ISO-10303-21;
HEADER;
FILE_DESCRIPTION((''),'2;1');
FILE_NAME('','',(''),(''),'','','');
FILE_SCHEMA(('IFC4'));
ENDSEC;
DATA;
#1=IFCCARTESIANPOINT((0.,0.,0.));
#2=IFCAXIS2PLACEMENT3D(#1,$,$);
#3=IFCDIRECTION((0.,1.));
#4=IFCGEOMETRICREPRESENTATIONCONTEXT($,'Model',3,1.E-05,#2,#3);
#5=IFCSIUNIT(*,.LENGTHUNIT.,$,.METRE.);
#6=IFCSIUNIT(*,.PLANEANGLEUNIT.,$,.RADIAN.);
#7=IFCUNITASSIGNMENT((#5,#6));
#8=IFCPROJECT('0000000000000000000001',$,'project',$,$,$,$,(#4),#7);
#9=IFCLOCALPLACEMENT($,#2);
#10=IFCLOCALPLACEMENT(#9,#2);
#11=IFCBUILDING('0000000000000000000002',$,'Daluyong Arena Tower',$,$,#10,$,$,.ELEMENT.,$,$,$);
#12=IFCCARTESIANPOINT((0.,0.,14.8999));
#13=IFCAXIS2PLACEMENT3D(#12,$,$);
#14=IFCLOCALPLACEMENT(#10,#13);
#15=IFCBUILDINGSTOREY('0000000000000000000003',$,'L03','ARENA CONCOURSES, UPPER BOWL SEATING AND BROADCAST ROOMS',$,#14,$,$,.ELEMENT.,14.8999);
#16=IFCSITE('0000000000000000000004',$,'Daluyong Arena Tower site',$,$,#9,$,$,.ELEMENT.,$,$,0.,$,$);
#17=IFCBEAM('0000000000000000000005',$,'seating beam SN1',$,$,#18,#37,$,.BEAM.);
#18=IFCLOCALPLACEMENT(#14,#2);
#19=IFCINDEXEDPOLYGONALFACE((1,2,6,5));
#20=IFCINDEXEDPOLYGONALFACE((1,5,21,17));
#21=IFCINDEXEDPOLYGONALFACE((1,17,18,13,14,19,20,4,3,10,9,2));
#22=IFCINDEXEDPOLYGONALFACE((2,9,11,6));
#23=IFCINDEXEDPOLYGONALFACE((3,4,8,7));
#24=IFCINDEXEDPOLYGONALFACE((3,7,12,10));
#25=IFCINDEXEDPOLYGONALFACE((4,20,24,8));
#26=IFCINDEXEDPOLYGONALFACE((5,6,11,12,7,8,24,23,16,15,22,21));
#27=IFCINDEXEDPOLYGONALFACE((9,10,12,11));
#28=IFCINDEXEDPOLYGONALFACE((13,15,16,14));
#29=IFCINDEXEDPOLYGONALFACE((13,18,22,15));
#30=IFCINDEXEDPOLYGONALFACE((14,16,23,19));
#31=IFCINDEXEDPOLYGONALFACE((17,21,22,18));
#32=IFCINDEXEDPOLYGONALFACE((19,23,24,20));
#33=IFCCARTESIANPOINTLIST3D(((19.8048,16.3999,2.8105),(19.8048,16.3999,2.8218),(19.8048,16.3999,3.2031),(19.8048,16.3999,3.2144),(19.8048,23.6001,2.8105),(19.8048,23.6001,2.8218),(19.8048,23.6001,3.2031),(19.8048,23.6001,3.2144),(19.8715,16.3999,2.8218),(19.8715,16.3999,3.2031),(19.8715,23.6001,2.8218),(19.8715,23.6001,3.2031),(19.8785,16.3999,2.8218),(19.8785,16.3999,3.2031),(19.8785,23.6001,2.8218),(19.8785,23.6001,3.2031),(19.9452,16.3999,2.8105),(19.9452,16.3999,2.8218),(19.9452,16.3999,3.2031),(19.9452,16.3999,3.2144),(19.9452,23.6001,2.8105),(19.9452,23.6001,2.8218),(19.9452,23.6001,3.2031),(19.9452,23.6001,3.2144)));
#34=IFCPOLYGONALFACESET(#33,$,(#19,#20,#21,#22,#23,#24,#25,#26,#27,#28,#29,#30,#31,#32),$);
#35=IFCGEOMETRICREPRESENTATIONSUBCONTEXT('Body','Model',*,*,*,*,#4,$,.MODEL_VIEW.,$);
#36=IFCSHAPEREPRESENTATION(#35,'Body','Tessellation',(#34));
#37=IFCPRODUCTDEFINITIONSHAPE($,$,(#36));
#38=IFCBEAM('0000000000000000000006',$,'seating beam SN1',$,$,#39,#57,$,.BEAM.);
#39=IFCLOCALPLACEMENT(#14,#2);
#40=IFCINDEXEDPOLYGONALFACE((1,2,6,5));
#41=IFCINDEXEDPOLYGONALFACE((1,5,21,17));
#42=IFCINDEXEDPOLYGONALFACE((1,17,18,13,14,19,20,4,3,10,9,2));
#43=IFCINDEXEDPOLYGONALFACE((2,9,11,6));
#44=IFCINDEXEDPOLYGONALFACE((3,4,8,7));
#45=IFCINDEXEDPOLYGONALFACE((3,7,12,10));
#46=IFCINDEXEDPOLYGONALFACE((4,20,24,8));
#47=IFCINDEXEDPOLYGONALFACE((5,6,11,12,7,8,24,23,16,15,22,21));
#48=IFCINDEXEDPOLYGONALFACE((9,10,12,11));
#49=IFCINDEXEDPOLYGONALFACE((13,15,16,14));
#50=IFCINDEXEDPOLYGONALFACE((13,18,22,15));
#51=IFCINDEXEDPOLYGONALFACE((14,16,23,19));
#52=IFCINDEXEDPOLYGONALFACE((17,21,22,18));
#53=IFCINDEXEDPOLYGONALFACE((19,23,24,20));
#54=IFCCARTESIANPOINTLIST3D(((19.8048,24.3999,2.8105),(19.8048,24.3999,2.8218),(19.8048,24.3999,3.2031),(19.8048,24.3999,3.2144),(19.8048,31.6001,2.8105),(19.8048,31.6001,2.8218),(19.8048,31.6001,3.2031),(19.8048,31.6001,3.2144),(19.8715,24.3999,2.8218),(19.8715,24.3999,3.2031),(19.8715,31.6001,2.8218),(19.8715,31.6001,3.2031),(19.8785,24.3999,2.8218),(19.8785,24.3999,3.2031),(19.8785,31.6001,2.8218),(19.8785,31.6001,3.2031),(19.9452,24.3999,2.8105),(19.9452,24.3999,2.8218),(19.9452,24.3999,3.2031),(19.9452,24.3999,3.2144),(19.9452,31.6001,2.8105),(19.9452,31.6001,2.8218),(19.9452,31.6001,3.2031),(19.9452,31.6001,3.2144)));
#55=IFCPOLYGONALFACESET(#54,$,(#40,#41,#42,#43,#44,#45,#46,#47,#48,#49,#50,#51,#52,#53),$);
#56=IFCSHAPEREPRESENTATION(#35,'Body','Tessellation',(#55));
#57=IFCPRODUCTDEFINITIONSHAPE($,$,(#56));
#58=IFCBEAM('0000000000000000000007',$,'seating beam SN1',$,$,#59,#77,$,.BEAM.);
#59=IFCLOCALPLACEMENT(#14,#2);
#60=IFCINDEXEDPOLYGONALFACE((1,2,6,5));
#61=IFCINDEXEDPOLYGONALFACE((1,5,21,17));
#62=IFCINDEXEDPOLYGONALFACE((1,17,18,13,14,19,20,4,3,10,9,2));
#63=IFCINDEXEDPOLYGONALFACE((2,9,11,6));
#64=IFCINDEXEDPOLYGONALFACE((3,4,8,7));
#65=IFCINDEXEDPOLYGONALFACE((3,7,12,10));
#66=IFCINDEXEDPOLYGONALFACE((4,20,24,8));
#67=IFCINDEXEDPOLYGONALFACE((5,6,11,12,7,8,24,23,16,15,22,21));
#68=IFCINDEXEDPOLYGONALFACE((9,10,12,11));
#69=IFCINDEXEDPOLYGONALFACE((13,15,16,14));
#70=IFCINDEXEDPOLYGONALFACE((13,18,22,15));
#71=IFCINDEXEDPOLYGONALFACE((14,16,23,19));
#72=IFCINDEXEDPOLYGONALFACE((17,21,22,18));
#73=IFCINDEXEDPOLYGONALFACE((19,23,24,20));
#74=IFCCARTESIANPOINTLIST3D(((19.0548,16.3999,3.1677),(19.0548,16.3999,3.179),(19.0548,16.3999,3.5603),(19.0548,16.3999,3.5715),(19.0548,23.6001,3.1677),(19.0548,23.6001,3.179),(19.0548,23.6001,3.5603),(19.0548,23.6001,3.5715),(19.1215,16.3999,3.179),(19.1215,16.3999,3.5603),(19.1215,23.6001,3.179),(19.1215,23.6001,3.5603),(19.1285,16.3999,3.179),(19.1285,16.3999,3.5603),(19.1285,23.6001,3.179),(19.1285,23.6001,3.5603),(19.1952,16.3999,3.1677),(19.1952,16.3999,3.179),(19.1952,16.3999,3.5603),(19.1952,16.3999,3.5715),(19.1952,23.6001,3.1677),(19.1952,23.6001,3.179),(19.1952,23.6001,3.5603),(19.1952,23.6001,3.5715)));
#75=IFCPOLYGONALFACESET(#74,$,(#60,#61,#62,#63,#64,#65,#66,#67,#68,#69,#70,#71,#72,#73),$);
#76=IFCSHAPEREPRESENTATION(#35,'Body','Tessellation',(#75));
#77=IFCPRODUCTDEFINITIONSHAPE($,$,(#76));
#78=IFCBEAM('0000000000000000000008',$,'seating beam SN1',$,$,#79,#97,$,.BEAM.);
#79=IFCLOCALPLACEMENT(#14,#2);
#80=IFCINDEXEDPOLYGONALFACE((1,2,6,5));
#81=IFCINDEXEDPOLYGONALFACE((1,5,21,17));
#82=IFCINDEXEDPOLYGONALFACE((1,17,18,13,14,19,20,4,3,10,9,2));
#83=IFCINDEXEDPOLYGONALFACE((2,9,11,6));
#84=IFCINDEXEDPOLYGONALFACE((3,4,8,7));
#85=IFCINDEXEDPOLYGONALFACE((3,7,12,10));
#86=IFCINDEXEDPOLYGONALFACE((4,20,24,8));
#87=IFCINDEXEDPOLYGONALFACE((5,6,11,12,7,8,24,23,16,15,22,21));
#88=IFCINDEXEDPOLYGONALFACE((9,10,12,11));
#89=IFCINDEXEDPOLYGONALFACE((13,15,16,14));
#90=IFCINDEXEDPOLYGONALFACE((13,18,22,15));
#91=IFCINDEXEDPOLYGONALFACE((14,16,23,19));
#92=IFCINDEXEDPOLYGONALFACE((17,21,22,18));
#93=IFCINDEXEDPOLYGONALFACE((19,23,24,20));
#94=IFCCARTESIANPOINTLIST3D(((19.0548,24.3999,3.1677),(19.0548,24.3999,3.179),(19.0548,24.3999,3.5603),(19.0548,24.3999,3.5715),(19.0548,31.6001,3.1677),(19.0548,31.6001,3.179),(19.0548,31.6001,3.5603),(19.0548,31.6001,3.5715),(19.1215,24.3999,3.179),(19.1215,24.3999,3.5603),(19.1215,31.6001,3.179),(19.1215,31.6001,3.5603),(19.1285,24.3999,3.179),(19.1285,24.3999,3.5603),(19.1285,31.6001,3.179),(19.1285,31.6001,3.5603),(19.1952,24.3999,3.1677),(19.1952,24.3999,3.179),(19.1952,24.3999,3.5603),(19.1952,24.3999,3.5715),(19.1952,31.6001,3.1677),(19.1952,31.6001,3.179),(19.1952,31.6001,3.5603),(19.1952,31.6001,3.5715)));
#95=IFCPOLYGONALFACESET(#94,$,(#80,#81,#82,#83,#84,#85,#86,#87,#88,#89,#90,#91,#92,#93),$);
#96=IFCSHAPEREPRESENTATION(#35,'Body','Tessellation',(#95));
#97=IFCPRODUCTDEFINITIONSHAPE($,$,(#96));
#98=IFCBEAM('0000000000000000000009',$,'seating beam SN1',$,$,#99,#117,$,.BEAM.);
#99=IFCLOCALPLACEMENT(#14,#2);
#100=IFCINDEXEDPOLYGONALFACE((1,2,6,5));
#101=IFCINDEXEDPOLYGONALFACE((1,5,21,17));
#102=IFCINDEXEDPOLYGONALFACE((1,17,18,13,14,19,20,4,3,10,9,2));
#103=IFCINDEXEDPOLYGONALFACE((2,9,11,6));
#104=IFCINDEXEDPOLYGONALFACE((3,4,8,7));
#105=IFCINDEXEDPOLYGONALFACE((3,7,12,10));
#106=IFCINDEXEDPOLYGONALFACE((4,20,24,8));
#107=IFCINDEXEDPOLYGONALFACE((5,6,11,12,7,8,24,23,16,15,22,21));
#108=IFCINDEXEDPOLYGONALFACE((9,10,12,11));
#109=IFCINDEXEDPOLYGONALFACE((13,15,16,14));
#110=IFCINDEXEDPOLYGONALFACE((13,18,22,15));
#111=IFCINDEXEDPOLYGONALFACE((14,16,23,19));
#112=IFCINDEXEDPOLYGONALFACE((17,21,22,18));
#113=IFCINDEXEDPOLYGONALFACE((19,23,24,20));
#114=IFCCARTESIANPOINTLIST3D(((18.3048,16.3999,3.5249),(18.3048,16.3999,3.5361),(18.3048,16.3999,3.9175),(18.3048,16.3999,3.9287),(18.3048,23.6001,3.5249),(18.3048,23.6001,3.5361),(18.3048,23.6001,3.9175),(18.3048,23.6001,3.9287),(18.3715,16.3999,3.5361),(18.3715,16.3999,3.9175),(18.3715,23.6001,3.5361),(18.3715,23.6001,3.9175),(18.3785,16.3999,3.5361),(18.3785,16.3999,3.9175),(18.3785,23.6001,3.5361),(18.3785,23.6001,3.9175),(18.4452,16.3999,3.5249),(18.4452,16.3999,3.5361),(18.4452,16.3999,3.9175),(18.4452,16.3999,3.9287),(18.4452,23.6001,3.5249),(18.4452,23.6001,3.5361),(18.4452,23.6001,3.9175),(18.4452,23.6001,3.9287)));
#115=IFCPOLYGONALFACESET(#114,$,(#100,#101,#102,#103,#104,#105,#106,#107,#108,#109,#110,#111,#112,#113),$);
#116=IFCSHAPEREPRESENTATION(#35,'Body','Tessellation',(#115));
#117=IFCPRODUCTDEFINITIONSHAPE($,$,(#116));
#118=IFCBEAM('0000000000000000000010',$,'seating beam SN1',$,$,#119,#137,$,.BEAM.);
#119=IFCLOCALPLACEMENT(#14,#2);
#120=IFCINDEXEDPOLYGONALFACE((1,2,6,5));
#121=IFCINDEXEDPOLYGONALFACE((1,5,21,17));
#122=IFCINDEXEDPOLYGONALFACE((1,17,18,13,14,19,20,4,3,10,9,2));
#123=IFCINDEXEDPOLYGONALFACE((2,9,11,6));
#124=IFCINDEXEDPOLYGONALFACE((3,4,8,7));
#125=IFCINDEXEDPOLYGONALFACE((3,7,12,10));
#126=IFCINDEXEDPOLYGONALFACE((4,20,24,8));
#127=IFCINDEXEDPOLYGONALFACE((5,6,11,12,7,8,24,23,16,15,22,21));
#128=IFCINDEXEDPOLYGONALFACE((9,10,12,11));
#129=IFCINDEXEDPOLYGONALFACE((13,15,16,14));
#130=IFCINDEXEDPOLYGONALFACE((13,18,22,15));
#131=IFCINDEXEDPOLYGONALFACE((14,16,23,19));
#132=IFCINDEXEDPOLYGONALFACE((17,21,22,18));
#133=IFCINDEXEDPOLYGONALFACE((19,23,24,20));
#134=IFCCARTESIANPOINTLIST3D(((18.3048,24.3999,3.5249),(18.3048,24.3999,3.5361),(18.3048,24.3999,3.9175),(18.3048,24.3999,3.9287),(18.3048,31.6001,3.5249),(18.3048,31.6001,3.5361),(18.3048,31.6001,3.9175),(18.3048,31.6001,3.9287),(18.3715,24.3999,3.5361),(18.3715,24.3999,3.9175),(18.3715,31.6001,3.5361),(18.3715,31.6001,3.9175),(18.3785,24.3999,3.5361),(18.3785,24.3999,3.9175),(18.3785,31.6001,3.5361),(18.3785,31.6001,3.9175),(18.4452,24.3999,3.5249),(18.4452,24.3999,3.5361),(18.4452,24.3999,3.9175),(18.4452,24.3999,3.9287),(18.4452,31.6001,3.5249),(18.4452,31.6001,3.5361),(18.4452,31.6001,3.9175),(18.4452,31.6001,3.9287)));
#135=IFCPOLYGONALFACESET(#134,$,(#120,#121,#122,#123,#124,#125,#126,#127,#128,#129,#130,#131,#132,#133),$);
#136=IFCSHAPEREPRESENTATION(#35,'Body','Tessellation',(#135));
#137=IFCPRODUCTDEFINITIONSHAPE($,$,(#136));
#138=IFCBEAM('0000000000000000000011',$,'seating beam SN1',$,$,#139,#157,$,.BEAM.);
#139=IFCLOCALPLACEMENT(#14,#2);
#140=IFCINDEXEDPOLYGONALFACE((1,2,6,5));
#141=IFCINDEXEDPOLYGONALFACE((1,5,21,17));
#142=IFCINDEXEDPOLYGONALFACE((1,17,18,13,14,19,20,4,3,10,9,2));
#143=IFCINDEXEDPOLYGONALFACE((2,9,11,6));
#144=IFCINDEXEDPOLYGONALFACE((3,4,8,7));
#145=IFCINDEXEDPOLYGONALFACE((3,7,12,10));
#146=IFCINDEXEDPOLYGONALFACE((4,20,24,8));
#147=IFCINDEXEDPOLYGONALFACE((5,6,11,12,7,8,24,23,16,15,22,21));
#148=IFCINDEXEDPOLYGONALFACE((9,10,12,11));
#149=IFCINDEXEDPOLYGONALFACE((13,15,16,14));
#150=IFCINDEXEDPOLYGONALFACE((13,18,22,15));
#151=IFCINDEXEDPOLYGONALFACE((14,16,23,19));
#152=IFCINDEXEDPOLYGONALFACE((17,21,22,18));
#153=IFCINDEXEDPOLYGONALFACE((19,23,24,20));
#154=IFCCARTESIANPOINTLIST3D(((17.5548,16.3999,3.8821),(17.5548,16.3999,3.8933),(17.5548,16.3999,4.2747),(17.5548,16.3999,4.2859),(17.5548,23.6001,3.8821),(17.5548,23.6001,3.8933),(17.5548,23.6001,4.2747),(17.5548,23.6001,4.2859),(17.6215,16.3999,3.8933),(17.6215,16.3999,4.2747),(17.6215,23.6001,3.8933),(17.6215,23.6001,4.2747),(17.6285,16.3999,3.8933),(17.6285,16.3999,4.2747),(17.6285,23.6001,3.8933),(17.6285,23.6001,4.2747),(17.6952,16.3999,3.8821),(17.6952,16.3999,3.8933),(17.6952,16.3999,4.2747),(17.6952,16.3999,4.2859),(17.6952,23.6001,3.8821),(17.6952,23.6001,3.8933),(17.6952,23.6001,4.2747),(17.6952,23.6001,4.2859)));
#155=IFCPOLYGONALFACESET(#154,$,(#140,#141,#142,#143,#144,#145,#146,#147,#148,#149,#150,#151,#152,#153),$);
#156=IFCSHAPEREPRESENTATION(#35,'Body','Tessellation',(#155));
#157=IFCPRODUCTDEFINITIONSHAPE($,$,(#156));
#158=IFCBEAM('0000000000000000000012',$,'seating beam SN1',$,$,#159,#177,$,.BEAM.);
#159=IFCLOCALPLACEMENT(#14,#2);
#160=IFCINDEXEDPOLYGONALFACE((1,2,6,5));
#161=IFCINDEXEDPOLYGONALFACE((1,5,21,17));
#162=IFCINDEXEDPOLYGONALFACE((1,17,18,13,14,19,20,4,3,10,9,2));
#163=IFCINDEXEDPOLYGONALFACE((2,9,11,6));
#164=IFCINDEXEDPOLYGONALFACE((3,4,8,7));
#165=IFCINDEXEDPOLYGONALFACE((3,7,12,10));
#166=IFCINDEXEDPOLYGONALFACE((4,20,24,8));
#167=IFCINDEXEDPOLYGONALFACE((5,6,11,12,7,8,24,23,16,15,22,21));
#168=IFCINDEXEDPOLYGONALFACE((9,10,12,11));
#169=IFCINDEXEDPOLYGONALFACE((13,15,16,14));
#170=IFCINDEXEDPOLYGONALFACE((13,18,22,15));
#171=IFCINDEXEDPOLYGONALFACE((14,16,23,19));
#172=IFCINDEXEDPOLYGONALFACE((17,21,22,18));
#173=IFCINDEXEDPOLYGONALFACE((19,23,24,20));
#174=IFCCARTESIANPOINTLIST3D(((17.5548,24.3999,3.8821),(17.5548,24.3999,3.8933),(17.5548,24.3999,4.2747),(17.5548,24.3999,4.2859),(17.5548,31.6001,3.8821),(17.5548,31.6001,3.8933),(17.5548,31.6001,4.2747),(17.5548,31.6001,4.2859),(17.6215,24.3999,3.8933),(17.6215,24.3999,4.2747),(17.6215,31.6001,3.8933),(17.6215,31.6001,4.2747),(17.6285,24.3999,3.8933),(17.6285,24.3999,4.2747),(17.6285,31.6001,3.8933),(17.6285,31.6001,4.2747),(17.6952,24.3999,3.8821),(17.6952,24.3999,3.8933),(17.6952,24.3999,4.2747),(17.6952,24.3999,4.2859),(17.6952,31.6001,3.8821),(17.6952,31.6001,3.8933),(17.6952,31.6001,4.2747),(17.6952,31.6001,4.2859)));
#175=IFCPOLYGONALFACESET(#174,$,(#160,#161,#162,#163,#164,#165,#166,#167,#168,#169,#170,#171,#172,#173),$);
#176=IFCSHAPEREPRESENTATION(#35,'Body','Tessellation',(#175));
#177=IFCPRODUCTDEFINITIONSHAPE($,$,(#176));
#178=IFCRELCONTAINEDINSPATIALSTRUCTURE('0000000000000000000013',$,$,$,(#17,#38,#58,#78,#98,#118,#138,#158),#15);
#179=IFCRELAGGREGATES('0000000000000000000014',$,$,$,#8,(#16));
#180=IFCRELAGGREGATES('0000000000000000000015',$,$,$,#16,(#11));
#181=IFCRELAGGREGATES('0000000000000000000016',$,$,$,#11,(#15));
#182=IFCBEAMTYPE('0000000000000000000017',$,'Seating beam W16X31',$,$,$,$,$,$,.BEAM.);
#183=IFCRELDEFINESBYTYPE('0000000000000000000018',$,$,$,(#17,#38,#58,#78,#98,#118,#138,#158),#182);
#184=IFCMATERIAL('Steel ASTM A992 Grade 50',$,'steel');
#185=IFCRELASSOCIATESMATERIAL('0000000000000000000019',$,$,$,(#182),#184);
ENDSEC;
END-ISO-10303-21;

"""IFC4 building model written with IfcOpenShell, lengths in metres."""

from ifc_helpers import new_model, si_unit, direction, frame, origin, origin_2d, place, context, subcontext, project, spatial, i_section, extrude, material, material_profile, profile_set, type_object, element, save


model = new_model("IFC4")

# Units and contexts
model_context = context("Model", 3, precision=1e-05, world=origin(), true_north=direction((0.0, 1.0)))
body_context = subcontext(model_context, "Body", "Model", "MODEL_VIEW")
ifc_project = project(units=[si_unit("LENGTHUNIT", "METRE"), si_unit("PLANEANGLEUNIT", "RADIAN")], contexts=[model_context])

# Site, building, storey
site_placement = place(None, origin())
site = spatial("IfcSite", under=ifc_project, at=site_placement, Name="Daluyong Arena Tower site", CompositionType="ELEMENT", RefElevation=0.0)
building_placement = place(site_placement, origin())
building = spatial("IfcBuilding", under=site, at=building_placement, Name="Daluyong Arena Tower", CompositionType="ELEMENT")
storey_placement = place(building_placement, frame((0.0, 0.0, 14.8999)))
storey = spatial("IfcBuildingStorey", under=building, at=storey_placement, Name="L03", Description="ARENA CONCOURSES, UPPER BOWL SEATING AND BROADCAST ROOMS", CompositionType="ELEMENT", Elevation=14.8999)

# Beams
ifc_material_1 = material(Name="Steel ASTM A992 Grade 50", Category="steel")
ifc_material_profile = material_profile(ifc_material_1, i_section(OverallWidth=0.1404, OverallDepth=0.4038, WebThickness=0.0071, FlangeThickness=0.0112, at=origin_2d()))
ifc_profile_set = profile_set([ifc_material_profile], Name="Steel ASTM A992 Grade 50")
beam_type = type_object("IfcBeamType", Name="Seating beam W16X31", PredefinedType="BEAM", material=ifc_profile_set)
for number, where, z_axis, x_axis, name in (
    (1, (19.875, 16.3999, 3.0125), (0.0, 1.0, 0.0), (-1.0, 0.0, 0.0), "seating beam SN1"),
    (2, (19.875, 24.3999, 3.0125), (0.0, 1.0, 0.0), (-1.0, 0.0, 0.0), "seating beam SN1"),
    (3, (19.125, 16.3999, 3.3696), (0.0, 1.0, 0.0), (-1.0, 0.0, 0.0), "seating beam SN1"),
    (4, (19.125, 24.3999, 3.3696), (0.0, 1.0, 0.0), (-1.0, 0.0, 0.0), "seating beam SN1"),
    (5, (18.375, 16.3999, 3.7268), (0.0, 1.0, 0.0), (-1.0, 0.0, 0.0), "seating beam SN1"),
    (6, (18.375, 24.3999, 3.7268), (0.0, 1.0, 0.0), (-1.0, 0.0, 0.0), "seating beam SN1"),
    (7, (17.625, 16.3999, 4.084), (0.0, 1.0, 0.0), (-1.0, 0.0, 0.0), "seating beam SN1"),
    (8, (17.625, 24.3999, 4.084), (0.0, 1.0, 0.0), (-1.0, 0.0, 0.0), "seating beam SN1"),
):
    element("IfcBeam", number, at=place(storey_placement, frame(where, z_axis=z_axis, x_axis=x_axis)), inside=storey, type_object=beam_type, Name=name, PredefinedType="BEAM", context=body_context, shape_type="SweptSolid", body=[
        extrude(i_section(OverallWidth=0.1404, OverallDepth=0.4038, WebThickness=0.0071, FlangeThickness=0.0112, at=origin_2d()), origin(), (0.0, 0.0, 1.0), 7.2002),
    ])

save(model, "model.ifc")
